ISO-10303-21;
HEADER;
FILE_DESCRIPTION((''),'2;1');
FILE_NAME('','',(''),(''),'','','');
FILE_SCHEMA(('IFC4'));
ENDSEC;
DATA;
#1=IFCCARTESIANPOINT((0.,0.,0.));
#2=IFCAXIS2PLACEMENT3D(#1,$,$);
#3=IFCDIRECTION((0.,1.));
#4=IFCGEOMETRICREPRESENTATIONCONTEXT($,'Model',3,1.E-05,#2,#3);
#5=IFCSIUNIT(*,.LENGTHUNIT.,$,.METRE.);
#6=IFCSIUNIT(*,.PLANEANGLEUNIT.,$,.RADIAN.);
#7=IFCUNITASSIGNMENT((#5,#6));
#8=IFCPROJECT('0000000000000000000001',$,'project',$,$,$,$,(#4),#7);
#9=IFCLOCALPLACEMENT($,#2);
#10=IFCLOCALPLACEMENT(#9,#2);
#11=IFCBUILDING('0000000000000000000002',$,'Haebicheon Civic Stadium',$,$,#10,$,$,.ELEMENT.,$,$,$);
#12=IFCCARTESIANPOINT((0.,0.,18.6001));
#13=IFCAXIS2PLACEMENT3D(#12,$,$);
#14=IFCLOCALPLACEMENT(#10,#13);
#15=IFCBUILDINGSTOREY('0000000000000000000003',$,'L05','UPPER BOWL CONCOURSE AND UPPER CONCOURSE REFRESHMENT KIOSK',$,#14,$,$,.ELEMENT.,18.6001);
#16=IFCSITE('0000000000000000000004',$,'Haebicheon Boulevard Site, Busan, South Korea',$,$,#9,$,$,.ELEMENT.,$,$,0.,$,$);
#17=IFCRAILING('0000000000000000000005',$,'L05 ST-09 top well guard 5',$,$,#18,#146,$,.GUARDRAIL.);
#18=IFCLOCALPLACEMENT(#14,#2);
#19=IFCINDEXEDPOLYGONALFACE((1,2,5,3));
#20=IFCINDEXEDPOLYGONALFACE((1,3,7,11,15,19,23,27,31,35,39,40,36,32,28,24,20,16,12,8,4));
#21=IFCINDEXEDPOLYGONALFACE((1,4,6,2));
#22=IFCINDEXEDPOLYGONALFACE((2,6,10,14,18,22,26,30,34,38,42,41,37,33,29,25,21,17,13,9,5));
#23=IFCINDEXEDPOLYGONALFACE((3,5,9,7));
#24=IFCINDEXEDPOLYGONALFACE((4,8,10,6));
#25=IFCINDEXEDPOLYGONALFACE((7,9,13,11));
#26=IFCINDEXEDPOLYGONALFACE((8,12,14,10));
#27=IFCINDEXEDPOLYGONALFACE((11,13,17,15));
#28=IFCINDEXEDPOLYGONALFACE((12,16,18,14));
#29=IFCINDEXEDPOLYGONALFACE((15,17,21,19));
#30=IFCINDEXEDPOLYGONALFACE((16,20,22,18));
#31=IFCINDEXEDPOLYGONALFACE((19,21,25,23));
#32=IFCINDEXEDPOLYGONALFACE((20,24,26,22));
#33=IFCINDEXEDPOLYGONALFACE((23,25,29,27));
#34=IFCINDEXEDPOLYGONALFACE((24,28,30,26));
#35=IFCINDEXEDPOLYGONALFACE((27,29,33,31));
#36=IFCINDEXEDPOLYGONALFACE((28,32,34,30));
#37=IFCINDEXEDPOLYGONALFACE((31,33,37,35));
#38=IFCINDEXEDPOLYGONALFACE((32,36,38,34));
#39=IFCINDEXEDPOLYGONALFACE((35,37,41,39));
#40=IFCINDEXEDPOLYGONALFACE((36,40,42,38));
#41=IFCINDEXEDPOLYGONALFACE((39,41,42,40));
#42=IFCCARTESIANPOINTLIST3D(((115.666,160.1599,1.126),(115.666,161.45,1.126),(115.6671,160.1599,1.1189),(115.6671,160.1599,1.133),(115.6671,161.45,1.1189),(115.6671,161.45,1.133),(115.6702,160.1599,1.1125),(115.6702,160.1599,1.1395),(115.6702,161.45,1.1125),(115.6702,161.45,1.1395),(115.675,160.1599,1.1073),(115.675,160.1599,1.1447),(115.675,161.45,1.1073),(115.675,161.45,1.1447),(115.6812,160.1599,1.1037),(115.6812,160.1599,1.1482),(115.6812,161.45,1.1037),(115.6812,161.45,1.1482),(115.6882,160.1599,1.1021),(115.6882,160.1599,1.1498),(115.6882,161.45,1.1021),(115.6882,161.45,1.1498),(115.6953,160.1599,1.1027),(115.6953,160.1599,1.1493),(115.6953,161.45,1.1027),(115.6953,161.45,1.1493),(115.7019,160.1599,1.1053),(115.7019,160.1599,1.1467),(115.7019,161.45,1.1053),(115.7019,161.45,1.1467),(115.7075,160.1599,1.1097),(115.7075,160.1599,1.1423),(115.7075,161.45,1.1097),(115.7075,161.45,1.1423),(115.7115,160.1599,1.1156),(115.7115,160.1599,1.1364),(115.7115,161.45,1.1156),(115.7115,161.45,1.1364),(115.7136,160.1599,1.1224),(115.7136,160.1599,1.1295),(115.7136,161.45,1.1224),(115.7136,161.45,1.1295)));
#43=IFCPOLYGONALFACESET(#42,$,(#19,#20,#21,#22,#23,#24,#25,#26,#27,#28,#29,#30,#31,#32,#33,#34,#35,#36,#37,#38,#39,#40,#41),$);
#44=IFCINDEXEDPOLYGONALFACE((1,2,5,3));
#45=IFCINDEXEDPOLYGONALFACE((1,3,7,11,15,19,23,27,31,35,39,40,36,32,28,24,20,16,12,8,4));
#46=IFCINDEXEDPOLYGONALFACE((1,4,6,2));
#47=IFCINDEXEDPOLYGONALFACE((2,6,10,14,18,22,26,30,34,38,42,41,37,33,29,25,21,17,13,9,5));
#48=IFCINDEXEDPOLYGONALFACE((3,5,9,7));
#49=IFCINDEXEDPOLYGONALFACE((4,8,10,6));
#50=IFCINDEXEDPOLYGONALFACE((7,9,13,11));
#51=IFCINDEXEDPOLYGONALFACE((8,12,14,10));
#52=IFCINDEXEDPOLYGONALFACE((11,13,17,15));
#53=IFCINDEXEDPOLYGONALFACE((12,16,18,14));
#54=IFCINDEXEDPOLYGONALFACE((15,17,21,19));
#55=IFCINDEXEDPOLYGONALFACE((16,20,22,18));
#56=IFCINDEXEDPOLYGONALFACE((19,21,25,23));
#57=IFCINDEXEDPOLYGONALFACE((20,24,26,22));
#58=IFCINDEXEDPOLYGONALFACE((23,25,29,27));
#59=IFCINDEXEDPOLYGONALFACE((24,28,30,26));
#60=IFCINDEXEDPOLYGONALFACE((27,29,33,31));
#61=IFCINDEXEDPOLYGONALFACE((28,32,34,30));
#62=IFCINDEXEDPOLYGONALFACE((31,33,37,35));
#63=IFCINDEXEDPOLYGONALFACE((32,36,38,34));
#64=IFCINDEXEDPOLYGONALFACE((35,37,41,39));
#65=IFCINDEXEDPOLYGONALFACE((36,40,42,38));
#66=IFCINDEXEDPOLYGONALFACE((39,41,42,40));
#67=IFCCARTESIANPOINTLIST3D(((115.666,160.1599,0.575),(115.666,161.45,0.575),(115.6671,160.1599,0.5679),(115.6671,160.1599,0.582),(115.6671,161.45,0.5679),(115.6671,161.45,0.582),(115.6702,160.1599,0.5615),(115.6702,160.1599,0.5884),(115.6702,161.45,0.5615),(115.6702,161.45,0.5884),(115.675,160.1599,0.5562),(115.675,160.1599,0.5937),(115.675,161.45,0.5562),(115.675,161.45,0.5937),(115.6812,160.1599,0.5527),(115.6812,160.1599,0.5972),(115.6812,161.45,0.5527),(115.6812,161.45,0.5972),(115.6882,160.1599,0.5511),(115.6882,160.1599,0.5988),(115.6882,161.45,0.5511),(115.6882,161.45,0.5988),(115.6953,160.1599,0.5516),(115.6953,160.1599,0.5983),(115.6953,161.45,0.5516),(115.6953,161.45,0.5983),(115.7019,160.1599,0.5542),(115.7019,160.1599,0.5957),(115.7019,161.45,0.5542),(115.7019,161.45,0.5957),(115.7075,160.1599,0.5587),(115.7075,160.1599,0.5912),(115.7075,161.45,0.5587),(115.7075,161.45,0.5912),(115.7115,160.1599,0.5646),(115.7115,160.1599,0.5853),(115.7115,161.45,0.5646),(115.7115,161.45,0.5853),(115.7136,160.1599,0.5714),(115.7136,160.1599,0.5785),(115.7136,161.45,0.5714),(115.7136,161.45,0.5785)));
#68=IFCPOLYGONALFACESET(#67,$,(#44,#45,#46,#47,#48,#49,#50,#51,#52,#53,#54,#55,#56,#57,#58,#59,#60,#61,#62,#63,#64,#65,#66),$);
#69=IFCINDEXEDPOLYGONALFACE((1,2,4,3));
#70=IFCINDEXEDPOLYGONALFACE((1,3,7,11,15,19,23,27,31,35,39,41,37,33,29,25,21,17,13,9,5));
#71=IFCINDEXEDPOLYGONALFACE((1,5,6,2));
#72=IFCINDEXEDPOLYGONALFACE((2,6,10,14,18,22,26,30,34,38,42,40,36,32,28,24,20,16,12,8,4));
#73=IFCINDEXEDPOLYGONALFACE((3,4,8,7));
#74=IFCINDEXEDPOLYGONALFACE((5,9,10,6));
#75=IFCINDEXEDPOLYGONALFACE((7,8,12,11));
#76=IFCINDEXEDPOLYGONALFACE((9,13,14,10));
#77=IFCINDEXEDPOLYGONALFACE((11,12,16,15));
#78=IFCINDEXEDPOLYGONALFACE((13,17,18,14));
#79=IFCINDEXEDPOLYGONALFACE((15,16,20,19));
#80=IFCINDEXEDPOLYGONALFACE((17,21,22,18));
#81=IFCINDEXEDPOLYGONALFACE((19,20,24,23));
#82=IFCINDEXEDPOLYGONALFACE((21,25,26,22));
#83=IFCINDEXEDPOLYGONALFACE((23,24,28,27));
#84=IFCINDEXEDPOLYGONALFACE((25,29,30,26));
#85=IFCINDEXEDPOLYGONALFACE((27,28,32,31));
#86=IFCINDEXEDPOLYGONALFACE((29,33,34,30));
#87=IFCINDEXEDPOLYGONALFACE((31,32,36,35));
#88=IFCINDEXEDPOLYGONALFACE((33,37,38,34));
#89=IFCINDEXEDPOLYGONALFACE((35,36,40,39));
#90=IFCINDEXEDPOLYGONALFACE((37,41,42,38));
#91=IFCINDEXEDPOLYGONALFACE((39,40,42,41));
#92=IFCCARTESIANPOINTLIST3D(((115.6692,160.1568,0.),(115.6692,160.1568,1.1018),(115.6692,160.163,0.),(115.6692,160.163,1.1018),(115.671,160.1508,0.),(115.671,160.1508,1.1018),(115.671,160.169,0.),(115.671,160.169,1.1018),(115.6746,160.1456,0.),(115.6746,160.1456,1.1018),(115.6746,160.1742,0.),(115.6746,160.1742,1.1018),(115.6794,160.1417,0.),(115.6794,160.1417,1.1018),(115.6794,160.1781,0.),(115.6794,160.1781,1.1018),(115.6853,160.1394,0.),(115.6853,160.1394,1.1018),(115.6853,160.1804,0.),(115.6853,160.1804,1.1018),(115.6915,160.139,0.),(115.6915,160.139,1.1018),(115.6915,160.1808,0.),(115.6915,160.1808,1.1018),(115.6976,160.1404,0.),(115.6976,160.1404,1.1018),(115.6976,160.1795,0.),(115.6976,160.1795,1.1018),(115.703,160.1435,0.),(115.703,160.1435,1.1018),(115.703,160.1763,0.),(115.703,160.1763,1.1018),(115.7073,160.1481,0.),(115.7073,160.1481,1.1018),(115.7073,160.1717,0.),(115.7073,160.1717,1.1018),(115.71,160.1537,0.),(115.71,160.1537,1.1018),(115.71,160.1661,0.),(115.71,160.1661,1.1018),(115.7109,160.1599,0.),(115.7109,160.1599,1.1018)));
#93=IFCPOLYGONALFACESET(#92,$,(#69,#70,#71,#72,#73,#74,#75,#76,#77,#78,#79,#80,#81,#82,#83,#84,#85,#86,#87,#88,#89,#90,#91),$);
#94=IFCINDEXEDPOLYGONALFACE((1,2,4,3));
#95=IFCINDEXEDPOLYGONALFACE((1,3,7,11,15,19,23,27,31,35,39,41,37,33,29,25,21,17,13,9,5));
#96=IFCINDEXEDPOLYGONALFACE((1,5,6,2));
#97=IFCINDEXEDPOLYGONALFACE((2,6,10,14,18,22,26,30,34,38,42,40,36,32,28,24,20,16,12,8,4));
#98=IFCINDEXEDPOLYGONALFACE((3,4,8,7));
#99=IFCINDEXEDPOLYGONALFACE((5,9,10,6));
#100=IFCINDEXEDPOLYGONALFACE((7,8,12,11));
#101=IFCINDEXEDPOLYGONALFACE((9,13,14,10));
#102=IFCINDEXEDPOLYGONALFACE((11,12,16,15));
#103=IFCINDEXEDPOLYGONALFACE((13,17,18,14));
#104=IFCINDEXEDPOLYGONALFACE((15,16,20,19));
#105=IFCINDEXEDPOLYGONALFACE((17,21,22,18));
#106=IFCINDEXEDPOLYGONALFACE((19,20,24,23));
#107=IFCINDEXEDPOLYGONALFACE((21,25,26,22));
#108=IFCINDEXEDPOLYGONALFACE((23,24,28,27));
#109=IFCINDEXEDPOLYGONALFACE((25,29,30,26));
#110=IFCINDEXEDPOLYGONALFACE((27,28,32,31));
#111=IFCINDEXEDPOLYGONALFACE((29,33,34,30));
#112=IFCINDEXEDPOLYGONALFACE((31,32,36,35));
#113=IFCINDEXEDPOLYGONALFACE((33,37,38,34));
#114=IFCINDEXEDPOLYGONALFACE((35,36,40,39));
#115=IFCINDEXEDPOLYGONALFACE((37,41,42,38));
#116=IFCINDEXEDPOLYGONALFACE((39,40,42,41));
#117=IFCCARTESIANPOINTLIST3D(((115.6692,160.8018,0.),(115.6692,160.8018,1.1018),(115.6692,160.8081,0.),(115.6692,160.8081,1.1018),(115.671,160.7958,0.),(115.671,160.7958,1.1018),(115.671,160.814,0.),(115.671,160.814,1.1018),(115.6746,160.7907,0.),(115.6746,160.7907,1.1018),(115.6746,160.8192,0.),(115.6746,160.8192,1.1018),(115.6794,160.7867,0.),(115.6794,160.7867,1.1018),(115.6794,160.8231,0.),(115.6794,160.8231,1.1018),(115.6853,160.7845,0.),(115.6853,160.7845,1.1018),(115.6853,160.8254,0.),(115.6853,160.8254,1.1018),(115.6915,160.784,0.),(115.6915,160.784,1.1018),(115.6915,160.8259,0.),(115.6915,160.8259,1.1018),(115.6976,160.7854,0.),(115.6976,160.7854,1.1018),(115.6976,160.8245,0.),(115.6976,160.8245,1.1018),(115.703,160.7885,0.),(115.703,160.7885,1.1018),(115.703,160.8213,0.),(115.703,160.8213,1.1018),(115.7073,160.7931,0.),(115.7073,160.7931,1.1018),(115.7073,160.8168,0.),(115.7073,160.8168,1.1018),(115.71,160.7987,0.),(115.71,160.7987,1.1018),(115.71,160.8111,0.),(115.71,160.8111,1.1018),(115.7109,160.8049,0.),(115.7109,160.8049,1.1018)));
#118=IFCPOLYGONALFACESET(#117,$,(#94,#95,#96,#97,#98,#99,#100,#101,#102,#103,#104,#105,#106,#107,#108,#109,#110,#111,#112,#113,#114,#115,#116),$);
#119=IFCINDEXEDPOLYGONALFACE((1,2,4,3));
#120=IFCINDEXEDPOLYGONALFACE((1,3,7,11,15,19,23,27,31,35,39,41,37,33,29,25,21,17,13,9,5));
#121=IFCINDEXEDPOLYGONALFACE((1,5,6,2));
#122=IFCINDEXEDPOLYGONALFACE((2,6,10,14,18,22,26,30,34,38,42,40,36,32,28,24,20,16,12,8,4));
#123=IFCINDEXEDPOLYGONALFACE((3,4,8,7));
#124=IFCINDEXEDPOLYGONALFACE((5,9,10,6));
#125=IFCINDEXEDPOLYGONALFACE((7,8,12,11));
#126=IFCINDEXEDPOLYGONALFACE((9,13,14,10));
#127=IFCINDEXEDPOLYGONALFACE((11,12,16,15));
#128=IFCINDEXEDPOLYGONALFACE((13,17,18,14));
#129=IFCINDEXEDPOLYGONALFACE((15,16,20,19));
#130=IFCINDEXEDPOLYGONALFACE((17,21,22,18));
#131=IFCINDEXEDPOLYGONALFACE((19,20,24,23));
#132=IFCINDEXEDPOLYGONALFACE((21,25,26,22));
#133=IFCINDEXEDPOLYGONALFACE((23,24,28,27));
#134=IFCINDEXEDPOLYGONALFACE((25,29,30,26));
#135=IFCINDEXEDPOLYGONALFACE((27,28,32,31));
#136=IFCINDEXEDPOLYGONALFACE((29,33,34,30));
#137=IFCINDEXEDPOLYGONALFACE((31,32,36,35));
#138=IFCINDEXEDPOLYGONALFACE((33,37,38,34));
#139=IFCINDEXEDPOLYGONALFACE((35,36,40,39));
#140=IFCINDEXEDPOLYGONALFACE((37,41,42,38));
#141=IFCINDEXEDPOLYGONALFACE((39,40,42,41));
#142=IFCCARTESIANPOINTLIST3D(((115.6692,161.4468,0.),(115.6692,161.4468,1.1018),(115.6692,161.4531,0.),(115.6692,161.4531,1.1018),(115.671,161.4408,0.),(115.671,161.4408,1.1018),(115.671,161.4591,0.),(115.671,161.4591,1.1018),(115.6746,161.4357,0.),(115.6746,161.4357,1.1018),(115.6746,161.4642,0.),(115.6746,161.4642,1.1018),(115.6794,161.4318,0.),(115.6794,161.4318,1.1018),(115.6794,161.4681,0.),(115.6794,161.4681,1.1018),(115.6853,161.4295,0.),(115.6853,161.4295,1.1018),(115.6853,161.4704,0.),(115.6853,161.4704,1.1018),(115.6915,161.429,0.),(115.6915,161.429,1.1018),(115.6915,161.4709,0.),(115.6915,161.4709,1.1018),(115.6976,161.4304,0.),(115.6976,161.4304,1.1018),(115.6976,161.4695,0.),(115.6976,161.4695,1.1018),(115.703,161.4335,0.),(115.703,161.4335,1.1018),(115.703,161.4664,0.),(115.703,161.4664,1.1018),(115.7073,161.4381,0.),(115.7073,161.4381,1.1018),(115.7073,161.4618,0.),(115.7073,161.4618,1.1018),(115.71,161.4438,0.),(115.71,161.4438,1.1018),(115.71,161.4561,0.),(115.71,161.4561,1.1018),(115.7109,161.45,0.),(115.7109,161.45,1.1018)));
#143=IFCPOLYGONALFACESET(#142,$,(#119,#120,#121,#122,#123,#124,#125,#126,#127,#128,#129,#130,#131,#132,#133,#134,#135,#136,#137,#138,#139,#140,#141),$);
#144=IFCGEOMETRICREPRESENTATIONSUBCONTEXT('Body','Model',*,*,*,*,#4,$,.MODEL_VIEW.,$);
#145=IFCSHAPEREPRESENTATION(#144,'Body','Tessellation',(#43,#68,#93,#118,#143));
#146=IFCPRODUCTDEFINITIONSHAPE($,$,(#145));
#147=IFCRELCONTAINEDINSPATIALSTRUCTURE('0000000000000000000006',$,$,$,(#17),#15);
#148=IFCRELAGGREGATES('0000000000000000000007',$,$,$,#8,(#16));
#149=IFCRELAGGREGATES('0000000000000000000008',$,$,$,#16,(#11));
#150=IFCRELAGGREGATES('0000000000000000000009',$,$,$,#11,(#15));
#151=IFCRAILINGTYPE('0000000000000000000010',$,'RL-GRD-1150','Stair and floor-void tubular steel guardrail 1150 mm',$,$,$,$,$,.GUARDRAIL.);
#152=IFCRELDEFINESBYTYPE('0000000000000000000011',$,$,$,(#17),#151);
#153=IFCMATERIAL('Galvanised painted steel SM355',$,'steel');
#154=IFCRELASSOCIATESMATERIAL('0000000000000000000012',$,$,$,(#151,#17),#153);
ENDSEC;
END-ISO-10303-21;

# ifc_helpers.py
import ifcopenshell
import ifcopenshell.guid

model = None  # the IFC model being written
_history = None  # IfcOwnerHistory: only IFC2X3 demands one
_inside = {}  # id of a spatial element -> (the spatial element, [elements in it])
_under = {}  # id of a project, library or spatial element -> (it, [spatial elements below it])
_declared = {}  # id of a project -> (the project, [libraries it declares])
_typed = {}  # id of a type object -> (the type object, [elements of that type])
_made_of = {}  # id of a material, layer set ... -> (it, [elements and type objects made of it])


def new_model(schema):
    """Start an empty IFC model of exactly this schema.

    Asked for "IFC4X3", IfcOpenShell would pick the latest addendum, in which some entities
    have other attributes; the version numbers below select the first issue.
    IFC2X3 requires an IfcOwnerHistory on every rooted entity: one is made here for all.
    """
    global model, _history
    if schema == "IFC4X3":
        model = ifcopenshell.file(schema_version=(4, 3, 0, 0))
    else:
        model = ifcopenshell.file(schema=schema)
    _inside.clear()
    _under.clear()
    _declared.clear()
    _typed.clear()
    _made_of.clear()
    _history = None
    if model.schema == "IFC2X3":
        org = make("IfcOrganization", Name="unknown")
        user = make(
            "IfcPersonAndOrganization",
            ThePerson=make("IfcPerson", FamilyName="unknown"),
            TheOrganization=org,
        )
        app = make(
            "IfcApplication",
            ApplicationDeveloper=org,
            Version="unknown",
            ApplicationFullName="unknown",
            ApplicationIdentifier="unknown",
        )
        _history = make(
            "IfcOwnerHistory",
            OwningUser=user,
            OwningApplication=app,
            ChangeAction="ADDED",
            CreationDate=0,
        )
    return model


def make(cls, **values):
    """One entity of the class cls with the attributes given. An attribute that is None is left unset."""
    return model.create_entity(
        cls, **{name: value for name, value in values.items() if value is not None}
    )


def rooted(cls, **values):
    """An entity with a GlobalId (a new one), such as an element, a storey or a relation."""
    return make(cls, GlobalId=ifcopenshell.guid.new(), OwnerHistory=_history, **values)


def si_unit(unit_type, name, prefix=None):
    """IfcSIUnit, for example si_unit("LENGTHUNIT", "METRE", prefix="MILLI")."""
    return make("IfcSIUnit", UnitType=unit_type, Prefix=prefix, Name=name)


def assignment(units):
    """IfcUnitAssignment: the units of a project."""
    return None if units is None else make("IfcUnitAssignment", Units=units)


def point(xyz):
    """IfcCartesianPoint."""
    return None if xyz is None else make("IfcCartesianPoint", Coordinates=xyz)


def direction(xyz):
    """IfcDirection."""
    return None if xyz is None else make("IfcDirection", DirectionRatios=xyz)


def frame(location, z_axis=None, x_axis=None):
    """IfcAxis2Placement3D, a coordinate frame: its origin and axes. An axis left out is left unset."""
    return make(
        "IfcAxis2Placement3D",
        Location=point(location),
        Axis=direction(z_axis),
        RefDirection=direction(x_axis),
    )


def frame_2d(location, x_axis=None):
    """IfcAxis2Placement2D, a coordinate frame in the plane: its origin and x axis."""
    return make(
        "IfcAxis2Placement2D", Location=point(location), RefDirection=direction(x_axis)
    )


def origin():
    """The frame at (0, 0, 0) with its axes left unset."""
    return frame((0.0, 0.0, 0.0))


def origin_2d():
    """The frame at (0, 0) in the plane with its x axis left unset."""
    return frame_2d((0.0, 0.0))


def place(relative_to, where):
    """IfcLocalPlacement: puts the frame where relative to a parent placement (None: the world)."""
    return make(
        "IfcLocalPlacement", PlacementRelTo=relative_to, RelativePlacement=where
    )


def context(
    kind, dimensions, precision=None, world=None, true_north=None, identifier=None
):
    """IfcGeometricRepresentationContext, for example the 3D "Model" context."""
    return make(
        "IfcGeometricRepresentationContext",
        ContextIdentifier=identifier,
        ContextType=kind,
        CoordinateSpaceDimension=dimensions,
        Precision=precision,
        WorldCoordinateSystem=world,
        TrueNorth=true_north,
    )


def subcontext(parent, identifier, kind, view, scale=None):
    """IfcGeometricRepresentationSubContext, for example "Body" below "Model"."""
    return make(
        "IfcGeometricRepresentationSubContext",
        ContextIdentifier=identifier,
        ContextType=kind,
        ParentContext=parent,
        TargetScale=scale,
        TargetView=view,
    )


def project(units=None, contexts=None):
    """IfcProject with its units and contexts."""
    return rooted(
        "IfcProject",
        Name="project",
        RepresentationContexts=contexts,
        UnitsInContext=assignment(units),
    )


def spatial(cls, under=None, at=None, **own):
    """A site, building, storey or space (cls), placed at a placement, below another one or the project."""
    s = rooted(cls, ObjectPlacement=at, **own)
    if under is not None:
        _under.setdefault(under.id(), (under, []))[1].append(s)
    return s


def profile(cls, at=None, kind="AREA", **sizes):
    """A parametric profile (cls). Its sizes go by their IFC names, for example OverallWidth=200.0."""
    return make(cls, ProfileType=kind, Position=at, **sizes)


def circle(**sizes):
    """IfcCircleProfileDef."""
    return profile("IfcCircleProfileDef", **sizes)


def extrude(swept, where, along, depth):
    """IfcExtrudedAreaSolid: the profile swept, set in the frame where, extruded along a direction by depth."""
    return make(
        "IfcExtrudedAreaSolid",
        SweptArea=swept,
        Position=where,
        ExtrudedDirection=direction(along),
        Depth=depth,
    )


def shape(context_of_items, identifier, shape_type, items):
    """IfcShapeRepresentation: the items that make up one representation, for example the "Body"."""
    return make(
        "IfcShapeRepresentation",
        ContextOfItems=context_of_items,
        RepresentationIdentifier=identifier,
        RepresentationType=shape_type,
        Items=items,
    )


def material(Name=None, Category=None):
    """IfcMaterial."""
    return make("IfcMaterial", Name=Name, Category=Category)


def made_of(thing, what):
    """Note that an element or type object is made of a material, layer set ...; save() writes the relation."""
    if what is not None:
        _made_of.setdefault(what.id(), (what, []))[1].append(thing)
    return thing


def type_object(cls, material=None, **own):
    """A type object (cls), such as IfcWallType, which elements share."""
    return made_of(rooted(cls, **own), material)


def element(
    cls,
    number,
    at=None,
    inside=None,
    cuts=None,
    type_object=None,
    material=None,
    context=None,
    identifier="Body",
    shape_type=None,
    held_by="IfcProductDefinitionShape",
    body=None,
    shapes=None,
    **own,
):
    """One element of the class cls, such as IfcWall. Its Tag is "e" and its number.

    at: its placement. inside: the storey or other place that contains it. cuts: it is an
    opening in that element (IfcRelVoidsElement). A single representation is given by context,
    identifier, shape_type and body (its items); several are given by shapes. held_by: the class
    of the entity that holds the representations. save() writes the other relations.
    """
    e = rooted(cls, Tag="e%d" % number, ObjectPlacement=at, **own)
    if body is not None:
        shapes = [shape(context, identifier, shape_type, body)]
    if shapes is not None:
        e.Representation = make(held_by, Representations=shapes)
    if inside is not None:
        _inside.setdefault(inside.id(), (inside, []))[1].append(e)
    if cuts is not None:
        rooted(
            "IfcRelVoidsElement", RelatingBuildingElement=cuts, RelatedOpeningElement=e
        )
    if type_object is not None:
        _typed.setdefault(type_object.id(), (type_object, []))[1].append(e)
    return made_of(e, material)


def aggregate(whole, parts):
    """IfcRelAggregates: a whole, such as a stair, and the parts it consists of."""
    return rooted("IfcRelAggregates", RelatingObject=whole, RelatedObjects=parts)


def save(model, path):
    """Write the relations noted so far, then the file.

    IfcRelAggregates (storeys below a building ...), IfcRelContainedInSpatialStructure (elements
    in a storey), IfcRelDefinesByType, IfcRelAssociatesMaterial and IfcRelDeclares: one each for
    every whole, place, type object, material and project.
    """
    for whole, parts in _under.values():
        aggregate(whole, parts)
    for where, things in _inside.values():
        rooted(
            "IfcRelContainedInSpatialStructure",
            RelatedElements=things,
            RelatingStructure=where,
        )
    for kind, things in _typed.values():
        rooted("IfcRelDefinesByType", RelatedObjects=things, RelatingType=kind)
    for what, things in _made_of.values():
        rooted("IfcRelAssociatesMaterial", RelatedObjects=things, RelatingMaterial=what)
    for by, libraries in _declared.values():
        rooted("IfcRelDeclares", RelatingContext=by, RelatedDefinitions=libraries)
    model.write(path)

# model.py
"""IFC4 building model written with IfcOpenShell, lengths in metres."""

from ifc_helpers import new_model, si_unit, direction, frame, origin, origin_2d, place, context, subcontext, project, spatial, circle, extrude, material, type_object, element, save


model = new_model("IFC4")

# Units and contexts
model_context = context("Model", 3, precision=1e-05, world=origin(), true_north=direction((0.0, 1.0)))
body_context = subcontext(model_context, "Body", "Model", "MODEL_VIEW")
ifc_project = project(units=[si_unit("LENGTHUNIT", "METRE"), si_unit("PLANEANGLEUNIT", "RADIAN")], contexts=[model_context])

# Site, building, storey
site_placement = place(None, origin())
site = spatial("IfcSite", under=ifc_project, at=site_placement, Name="Haebicheon Boulevard Site, Busan, South Korea", CompositionType="ELEMENT", RefElevation=0.0)
building_placement = place(site_placement, origin())
building = spatial("IfcBuilding", under=site, at=building_placement, Name="Haebicheon Civic Stadium", CompositionType="ELEMENT")
storey_placement = place(building_placement, frame((0.0, 0.0, 18.6001)))
storey = spatial("IfcBuildingStorey", under=building, at=storey_placement, Name="L05", Description="UPPER BOWL CONCOURSE AND UPPER CONCOURSE REFRESHMENT KIOSK", CompositionType="ELEMENT", Elevation=18.6001)

# Railing
ifc_material_1 = material(Name="Galvanised painted steel SM355", Category="steel")
railing_type = type_object("IfcRailingType", Name="RL-GRD-1150", Description="Stair and floor-void tubular steel guardrail 1150 mm", PredefinedType="GUARDRAIL", material=ifc_material_1)
for number, where, name in (
    (1, (115.6899, 160.1599, 0.0), "L05 ST-09 top well guard 5"),
):
    element("IfcRailing", number, at=place(storey_placement, frame(where)), inside=storey, type_object=railing_type, material=ifc_material_1, Name=name, PredefinedType="GUARDRAIL", context=body_context, shape_type="SweptSolid", body=[
        extrude(circle(Radius=0.0239, at=origin_2d()), frame((0.0, 0.0, 1.126), z_axis=(0.0, 1.0, 0.0), x_axis=(-1.0, 0.0, 0.0)), (0.0, 0.0, 1.0), 1.29),
        extrude(circle(Radius=0.0239, at=origin_2d()), frame((0.0, 0.0, 0.575), z_axis=(0.0, 1.0, 0.0), x_axis=(-1.0, 0.0, 0.0)), (0.0, 0.0, 1.0), 1.29),
        extrude(circle(Radius=0.021, at=origin_2d()), origin(), (0.0, 0.0, 1.0), 1.1018),
        extrude(circle(Radius=0.021, at=origin_2d()), frame((0.0, 0.645, 0.0)), (0.0, 0.0, 1.0), 1.1018),
        extrude(circle(Radius=0.021, at=origin_2d()), frame((0.0, 1.29, 0.0)), (0.0, 0.0, 1.0), 1.1018),
    ])

save(model, "model.ifc")
